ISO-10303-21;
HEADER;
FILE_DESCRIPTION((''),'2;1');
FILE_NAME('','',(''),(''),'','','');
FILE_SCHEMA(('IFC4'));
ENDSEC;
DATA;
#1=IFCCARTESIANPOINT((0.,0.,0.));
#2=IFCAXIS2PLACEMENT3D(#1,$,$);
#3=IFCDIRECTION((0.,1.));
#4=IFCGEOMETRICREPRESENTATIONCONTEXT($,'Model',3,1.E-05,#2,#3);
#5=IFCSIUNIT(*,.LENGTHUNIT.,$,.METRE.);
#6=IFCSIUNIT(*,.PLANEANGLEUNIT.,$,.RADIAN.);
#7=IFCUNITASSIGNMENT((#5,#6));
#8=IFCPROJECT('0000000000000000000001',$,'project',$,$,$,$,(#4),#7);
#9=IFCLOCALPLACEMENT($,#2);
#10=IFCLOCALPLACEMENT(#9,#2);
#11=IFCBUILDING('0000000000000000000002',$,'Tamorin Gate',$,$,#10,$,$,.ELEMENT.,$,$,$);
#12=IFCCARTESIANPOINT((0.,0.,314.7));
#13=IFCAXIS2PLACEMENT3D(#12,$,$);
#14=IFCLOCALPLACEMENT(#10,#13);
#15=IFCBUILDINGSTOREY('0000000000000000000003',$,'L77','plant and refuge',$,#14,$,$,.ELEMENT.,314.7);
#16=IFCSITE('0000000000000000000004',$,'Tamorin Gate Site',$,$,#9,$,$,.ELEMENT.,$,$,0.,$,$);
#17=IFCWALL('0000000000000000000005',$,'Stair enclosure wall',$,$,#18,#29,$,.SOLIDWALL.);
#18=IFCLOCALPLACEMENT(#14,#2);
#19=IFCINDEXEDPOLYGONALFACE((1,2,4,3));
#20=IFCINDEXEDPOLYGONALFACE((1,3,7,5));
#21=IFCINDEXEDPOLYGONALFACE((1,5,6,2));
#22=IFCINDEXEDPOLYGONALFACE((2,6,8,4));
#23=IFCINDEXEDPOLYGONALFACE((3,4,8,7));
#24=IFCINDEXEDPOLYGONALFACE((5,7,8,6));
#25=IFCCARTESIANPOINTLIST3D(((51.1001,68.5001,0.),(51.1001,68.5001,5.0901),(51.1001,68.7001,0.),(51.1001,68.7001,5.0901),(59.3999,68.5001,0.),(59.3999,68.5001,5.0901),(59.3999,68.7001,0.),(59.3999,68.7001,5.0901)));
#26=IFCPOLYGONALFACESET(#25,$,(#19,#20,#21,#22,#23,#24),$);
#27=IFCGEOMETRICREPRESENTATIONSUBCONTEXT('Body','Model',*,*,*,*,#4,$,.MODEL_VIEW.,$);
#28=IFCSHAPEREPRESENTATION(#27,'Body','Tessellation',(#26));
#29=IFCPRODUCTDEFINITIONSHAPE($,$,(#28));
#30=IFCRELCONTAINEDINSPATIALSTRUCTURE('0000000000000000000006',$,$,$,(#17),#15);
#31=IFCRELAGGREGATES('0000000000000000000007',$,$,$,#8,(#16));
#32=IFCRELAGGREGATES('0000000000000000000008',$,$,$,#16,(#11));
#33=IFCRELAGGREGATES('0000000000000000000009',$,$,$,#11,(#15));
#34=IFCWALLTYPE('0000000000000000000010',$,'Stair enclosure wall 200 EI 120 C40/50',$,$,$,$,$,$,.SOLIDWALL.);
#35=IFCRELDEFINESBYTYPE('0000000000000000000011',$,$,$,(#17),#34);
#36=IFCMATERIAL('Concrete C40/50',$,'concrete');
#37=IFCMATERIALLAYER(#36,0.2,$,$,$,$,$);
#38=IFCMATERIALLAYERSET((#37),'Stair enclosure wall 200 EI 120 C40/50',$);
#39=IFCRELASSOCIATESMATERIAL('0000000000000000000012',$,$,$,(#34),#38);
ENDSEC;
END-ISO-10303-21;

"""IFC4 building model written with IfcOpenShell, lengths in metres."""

from ifc_helpers import new_model, si_unit, direction, frame, frame_2d, origin, place, context, subcontext, project, spatial, rectangle, extrude, material, layer, layer_set, type_object, element, save


model = new_model("IFC4")

# Units and contexts
model_context = context("Model", 3, precision=1e-05, world=origin(), true_north=direction((0.0, 1.0)))
body_context = subcontext(model_context, "Body", "Model", "MODEL_VIEW")
ifc_project = project(units=[si_unit("LENGTHUNIT", "METRE"), si_unit("PLANEANGLEUNIT", "RADIAN")], contexts=[model_context])

# Site, building, storey
site_placement = place(None, origin())
site = spatial("IfcSite", under=ifc_project, at=site_placement, Name="Tamorin Gate Site", CompositionType="ELEMENT", RefElevation=0.0)
building_placement = place(site_placement, origin())
building = spatial("IfcBuilding", under=site, at=building_placement, Name="Tamorin Gate", CompositionType="ELEMENT")
storey_placement = place(building_placement, frame((0.0, 0.0, 314.7)))
storey = spatial("IfcBuildingStorey", under=building, at=storey_placement, Name="L77", Description="plant and refuge", CompositionType="ELEMENT", Elevation=314.7)

# Wall
ifc_material_1 = material(Name="Concrete C40/50", Category="concrete")
ifc_layer_1 = layer(ifc_material_1, 0.2)
ifc_layer_set_1 = layer_set([ifc_layer_1], Name="Stair enclosure wall 200 EI 120 C40/50")
wall_type_1 = type_object("IfcWallType", Name="Stair enclosure wall 200 EI 120 C40/50", PredefinedType="SOLIDWALL", material=ifc_layer_set_1)
wall_1_placement = place(storey_placement, frame((51.1001, 68.6001, 0.0), z_axis=(0.0, 0.0, 1.0), x_axis=(1.0, 0.0, 0.0)))
element("IfcWall", 1, at=wall_1_placement, inside=storey, type_object=wall_type_1, Name="Stair enclosure wall", PredefinedType="SOLIDWALL", context=body_context, shape_type="SweptSolid", body=[
    extrude(rectangle(XDim=8.2998, YDim=0.2, at=frame_2d((4.1499, 0.0))), origin(), (0.0, 0.0, 1.0), 5.0901),
])

save(model, "model.ifc")
